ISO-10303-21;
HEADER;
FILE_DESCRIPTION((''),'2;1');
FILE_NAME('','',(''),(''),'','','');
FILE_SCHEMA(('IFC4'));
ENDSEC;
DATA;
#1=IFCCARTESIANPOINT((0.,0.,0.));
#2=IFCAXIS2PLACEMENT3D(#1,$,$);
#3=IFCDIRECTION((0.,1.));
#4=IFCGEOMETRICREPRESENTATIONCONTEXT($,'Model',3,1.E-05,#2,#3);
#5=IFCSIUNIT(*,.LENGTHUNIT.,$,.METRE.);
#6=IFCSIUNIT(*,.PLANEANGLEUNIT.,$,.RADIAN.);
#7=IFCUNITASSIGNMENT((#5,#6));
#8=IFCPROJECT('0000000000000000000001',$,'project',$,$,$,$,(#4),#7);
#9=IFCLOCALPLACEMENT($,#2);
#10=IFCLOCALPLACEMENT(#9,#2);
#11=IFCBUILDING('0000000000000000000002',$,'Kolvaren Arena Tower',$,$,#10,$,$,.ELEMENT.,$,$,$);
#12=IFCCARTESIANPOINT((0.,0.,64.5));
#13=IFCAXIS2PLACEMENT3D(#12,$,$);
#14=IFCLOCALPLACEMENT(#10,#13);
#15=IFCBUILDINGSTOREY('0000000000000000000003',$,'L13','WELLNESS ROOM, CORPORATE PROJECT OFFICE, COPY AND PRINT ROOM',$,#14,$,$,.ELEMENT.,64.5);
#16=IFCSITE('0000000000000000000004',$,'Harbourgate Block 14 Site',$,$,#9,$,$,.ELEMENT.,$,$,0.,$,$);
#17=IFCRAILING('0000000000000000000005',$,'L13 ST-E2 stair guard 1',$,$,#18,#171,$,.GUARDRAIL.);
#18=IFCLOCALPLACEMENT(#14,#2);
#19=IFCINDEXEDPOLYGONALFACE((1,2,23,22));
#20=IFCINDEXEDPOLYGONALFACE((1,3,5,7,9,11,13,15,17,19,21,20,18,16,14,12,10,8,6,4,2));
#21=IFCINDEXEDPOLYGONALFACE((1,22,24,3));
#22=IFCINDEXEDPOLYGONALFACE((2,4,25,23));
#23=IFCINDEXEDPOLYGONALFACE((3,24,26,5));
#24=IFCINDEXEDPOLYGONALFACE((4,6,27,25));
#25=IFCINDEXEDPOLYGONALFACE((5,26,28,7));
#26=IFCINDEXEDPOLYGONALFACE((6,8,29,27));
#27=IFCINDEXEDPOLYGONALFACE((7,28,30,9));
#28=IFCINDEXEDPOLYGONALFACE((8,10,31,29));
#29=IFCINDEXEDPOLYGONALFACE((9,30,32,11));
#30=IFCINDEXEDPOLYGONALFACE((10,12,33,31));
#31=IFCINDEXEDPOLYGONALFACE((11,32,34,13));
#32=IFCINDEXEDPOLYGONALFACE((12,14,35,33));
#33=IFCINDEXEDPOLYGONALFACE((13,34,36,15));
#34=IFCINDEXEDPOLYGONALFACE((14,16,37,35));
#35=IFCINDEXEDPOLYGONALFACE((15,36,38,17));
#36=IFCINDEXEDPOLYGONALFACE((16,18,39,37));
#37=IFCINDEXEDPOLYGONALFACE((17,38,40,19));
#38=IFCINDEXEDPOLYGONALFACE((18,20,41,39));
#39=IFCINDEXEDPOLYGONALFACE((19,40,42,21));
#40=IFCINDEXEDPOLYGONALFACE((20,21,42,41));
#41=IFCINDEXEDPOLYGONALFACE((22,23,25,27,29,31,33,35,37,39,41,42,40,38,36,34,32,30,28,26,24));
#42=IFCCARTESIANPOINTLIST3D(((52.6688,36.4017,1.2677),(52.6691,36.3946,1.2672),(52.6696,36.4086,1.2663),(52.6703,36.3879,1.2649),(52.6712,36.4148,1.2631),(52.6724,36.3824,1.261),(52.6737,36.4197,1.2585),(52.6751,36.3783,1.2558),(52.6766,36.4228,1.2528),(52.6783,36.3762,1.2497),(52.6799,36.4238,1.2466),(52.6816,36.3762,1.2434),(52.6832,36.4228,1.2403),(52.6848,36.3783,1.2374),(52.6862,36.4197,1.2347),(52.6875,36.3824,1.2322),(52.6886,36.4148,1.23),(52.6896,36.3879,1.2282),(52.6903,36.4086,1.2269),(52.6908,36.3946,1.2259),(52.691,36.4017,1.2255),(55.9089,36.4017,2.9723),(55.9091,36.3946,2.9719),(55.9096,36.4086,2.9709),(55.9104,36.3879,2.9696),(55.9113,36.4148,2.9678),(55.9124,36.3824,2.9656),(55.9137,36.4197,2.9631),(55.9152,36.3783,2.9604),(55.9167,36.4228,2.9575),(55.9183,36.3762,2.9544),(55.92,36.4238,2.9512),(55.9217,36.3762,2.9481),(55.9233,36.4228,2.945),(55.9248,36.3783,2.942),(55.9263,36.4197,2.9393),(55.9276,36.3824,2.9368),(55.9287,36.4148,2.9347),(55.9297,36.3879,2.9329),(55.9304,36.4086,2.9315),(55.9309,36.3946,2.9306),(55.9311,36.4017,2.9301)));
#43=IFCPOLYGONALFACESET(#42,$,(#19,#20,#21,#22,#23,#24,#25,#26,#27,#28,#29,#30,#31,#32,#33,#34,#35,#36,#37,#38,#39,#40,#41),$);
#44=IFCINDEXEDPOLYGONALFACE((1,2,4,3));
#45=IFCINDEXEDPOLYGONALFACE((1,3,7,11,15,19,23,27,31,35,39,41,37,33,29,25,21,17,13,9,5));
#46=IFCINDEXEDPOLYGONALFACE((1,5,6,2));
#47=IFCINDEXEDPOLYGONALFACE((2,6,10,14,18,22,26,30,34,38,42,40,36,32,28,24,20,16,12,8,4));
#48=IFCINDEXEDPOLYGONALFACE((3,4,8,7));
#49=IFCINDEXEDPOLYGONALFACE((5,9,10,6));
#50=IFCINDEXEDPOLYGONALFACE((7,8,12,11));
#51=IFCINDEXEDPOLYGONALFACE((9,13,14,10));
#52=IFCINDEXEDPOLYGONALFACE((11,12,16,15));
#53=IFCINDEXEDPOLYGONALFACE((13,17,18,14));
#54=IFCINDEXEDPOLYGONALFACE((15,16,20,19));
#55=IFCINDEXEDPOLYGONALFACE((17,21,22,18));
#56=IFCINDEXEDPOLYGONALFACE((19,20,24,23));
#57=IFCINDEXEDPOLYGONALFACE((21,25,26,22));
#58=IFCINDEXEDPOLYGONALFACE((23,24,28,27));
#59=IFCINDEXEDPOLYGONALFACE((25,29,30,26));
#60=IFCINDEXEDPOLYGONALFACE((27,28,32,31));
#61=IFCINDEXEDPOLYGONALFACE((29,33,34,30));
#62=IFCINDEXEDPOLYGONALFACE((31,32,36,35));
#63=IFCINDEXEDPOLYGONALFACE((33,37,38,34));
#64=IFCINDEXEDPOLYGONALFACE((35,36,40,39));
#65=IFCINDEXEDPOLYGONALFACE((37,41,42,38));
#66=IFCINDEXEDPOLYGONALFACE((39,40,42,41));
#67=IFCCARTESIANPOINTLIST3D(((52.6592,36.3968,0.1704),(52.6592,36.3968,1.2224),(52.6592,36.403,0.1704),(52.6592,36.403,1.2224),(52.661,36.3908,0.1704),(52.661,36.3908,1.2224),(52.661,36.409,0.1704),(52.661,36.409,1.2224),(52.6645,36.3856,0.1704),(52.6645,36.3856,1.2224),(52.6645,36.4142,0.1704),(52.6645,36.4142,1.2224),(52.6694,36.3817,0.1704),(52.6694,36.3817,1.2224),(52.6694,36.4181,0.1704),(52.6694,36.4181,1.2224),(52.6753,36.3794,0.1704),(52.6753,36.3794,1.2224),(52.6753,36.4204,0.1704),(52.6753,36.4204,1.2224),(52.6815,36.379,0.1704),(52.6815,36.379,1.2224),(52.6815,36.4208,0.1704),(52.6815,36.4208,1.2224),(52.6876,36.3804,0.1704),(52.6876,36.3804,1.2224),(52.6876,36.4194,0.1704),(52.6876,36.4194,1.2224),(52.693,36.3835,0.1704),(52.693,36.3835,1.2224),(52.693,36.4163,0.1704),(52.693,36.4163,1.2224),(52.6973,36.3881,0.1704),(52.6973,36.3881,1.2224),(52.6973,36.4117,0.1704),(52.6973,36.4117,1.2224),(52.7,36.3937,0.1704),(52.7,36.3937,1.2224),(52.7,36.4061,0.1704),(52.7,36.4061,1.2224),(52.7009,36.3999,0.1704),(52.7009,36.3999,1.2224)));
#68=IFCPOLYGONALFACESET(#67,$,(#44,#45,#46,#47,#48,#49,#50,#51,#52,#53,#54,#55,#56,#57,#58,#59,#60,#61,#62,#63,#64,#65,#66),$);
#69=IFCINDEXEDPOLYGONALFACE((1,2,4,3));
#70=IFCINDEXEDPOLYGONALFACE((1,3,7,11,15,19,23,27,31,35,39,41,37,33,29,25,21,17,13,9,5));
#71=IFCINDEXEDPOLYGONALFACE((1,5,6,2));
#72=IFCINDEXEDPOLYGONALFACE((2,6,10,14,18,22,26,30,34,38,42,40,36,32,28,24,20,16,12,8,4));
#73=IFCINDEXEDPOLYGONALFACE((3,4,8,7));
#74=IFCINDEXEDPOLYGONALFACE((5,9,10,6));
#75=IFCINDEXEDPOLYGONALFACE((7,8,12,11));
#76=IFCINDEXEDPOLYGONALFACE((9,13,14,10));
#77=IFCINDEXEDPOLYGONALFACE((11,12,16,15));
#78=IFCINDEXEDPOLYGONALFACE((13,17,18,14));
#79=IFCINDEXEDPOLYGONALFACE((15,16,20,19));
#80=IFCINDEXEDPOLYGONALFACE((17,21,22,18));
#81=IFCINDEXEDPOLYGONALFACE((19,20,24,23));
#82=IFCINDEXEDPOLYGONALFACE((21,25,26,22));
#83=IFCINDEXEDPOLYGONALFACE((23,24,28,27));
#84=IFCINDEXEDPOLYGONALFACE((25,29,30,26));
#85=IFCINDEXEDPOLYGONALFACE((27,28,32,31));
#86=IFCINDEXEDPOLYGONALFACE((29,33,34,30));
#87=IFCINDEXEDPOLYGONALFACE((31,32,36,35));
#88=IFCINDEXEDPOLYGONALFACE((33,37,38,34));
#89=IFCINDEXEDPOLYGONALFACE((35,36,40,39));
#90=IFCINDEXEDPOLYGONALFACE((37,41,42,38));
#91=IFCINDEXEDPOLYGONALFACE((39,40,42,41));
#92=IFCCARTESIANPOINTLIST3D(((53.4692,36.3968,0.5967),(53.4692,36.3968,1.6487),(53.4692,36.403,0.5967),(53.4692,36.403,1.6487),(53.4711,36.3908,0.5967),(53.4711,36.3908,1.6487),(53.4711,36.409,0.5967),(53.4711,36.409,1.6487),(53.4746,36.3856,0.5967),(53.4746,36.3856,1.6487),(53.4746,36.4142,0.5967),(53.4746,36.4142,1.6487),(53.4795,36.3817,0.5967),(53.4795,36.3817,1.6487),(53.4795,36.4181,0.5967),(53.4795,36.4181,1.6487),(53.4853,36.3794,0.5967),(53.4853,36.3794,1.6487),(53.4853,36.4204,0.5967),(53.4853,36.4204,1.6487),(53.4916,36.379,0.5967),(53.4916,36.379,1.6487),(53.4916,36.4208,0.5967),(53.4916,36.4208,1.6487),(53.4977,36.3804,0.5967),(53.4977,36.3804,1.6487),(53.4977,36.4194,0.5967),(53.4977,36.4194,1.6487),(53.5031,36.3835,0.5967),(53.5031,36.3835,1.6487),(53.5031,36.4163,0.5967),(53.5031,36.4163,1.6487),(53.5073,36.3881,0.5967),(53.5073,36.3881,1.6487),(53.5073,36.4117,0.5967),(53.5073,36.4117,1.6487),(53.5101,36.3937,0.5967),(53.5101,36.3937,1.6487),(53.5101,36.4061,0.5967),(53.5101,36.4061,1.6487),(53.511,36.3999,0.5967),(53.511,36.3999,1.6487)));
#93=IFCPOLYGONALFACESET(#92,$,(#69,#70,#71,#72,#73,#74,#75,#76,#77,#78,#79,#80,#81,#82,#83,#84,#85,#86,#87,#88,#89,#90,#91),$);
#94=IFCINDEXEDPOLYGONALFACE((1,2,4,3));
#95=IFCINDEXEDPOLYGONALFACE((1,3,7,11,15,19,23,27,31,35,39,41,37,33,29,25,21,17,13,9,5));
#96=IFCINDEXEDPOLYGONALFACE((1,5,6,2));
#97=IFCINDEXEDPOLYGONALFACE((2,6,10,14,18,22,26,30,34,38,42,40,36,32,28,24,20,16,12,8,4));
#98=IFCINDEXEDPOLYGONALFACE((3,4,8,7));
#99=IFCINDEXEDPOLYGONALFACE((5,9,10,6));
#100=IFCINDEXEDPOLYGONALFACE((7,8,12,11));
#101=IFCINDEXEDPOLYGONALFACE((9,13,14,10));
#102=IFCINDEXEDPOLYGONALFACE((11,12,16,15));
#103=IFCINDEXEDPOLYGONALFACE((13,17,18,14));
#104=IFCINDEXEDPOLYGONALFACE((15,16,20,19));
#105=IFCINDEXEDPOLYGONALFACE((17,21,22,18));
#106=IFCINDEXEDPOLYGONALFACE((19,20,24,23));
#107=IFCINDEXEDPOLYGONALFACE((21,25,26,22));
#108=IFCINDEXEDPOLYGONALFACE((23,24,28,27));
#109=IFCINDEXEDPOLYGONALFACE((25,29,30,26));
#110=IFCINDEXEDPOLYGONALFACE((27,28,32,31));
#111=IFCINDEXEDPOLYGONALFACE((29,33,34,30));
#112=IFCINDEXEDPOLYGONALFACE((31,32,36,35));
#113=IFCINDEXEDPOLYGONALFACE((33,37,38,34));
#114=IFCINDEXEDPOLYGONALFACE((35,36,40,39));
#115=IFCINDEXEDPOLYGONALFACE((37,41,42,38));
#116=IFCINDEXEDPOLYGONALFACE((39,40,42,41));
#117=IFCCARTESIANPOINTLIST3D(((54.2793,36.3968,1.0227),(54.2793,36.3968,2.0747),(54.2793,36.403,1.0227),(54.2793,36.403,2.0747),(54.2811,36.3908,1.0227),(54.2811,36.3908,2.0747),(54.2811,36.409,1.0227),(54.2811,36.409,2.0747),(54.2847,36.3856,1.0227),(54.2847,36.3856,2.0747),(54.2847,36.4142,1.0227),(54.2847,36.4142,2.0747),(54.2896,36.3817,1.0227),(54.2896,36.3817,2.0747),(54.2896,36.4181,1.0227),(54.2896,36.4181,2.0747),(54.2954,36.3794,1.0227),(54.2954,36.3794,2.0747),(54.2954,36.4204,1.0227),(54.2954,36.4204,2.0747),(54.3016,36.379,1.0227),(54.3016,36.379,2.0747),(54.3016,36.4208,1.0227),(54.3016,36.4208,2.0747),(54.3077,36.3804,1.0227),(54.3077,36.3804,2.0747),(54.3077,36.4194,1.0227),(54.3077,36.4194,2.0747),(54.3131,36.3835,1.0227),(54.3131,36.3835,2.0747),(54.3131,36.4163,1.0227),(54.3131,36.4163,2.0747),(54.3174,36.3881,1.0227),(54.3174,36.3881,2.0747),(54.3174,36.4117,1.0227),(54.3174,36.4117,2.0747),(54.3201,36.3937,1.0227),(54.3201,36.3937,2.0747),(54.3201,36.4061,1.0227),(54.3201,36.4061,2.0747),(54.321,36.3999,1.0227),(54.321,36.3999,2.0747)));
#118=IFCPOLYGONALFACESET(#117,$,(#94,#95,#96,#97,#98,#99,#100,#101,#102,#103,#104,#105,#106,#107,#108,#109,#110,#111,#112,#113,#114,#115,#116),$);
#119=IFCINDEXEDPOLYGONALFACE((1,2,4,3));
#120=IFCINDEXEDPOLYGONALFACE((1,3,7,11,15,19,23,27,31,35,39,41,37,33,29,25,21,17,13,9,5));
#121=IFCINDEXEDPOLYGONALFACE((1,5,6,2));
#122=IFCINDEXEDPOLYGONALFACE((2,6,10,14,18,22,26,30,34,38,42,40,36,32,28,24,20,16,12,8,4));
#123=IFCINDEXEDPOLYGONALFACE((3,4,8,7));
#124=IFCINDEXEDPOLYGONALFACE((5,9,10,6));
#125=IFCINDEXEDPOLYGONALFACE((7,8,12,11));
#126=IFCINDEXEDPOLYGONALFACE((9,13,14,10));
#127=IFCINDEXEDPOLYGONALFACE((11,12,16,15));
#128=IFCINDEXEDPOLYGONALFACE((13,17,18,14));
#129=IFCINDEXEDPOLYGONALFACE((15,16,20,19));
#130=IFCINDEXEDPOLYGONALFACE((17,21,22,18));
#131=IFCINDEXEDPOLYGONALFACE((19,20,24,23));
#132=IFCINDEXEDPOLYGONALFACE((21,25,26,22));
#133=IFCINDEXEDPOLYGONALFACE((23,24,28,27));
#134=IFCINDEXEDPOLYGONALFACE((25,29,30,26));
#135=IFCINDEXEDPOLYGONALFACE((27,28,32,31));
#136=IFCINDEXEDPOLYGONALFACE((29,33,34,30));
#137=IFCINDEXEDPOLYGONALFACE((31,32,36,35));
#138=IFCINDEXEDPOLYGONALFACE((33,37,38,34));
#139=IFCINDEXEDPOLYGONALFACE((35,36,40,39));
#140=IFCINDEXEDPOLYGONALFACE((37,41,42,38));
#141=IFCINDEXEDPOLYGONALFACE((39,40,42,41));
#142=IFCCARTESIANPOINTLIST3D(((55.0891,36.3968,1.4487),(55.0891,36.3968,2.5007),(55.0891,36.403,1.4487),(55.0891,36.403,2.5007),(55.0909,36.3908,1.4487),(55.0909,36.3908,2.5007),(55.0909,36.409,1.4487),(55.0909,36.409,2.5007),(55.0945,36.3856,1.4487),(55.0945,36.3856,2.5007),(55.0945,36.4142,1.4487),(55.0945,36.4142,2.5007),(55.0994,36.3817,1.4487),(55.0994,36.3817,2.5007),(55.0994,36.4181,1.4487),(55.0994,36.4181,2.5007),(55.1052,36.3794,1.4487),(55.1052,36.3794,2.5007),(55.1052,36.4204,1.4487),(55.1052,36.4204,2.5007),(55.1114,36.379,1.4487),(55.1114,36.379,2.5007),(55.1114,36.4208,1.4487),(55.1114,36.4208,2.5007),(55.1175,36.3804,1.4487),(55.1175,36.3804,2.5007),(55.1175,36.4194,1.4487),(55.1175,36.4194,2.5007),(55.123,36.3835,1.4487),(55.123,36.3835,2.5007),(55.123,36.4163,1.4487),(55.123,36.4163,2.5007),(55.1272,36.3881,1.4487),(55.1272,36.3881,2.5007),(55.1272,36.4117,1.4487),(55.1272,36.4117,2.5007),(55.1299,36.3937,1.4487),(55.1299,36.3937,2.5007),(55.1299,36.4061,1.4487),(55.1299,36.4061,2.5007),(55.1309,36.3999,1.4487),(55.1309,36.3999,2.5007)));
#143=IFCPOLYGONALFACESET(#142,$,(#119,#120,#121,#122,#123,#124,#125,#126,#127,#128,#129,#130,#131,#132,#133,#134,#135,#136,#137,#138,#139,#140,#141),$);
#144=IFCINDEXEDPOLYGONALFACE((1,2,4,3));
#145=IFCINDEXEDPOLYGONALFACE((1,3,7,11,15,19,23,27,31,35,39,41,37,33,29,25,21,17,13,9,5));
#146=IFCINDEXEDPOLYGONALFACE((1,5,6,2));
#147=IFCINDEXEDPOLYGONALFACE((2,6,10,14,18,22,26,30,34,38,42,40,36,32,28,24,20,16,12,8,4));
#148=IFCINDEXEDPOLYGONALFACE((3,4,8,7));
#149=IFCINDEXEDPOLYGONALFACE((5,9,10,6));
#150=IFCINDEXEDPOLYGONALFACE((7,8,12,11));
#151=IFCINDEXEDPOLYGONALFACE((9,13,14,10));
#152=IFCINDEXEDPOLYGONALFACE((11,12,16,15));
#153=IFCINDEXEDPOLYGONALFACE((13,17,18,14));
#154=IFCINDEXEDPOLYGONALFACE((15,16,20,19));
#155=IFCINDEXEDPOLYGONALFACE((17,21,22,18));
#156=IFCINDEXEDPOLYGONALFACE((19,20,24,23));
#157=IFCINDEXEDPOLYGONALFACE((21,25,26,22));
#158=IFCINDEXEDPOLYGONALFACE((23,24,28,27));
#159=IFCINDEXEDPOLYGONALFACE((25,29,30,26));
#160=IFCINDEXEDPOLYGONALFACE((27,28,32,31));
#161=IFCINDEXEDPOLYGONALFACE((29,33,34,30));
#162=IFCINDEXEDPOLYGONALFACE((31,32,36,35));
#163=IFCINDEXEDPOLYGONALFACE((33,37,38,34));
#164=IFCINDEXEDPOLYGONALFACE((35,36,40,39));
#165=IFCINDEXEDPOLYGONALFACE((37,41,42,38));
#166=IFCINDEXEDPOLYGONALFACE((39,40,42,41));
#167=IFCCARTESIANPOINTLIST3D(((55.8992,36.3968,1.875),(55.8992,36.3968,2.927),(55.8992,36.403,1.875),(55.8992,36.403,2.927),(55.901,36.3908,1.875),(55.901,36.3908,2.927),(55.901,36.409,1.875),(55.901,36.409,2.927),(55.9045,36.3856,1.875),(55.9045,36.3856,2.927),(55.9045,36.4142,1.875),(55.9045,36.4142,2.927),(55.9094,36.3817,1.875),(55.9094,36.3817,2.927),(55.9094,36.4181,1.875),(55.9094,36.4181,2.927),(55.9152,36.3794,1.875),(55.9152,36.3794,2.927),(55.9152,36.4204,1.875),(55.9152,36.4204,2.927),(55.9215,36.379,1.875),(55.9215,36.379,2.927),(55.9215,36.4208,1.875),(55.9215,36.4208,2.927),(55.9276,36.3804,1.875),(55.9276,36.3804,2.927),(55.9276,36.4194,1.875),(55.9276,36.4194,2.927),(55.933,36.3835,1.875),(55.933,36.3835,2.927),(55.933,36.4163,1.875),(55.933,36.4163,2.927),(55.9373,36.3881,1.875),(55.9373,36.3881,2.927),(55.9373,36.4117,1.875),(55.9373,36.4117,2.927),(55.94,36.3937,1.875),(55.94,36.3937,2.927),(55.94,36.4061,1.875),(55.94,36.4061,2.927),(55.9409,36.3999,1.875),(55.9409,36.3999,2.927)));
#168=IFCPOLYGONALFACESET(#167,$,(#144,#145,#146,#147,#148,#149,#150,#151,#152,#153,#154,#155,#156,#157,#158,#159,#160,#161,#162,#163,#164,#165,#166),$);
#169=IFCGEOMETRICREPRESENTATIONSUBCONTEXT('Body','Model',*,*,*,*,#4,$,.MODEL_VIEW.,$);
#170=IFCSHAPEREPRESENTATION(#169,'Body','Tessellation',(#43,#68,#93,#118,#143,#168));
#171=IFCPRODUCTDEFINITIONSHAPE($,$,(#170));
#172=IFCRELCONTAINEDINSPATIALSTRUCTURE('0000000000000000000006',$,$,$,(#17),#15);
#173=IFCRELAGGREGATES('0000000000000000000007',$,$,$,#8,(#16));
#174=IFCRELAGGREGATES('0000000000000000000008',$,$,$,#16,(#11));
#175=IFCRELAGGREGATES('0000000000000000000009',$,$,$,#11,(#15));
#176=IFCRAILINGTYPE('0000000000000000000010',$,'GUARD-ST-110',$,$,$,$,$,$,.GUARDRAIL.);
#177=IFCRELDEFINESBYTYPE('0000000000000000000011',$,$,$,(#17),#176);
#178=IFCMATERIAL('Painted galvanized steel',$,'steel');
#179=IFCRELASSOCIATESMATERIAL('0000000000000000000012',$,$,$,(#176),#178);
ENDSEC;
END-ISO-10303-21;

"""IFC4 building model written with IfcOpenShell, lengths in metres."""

from ifc_helpers import new_model, si_unit, direction, frame, origin, origin_2d, place, context, subcontext, project, spatial, circle, extrude, material, type_object, element, save


model = new_model("IFC4")

# Units and contexts
model_context = context("Model", 3, precision=1e-05, world=origin(), true_north=direction((0.0, 1.0)))
body_context = subcontext(model_context, "Body", "Model", "MODEL_VIEW")
ifc_project = project(units=[si_unit("LENGTHUNIT", "METRE"), si_unit("PLANEANGLEUNIT", "RADIAN")], contexts=[model_context])

# Site, building, storey
site_placement = place(None, origin())
site = spatial("IfcSite", under=ifc_project, at=site_placement, Name="Harbourgate Block 14 Site", CompositionType="ELEMENT", RefElevation=0.0)
building_placement = place(site_placement, origin())
building = spatial("IfcBuilding", under=site, at=building_placement, Name="Kolvaren Arena Tower", CompositionType="ELEMENT")
storey_placement = place(building_placement, frame((0.0, 0.0, 64.5)))
storey = spatial("IfcBuildingStorey", under=building, at=storey_placement, Name="L13", Description="WELLNESS ROOM, CORPORATE PROJECT OFFICE, COPY AND PRINT ROOM", CompositionType="ELEMENT", Elevation=64.5)

# Railing
ifc_material_1 = material(Name="Painted galvanized steel", Category="steel")
railing_type = type_object("IfcRailingType", Name="GUARD-ST-110", PredefinedType="GUARDRAIL", material=ifc_material_1)
railing_1_placement = place(storey_placement, frame((52.6799, 36.3999, 0.1704)))
element("IfcRailing", 1, at=railing_1_placement, inside=storey, type_object=railing_type, Name="L13 ST-E2 stair guard 1", PredefinedType="GUARDRAIL", context=body_context, shape_type="SweptSolid", body=[
    extrude(circle(Radius=0.0239, at=origin_2d()), frame((0.0, 0.0, 1.0762), z_axis=(0.884993, 0.0, 0.465604), x_axis=(0.0, 1.0, 0.0)), (0.0, 0.0, 1.0), 3.6611),
    extrude(circle(Radius=0.021, at=origin_2d()), origin(), (0.0, 0.0, 1.0), 1.052),
    extrude(circle(Radius=0.021, at=origin_2d()), frame((0.8101, 0.0, 0.4263)), (0.0, 0.0, 1.0), 1.052),
    extrude(circle(Radius=0.021, at=origin_2d()), frame((1.6201, 0.0, 0.8523)), (0.0, 0.0, 1.0), 1.052),
    extrude(circle(Radius=0.021, at=origin_2d()), frame((2.4299, 0.0, 1.2783)), (0.0, 0.0, 1.0), 1.052),
    extrude(circle(Radius=0.021, at=origin_2d()), frame((3.24, 0.0, 1.7046)), (0.0, 0.0, 1.0), 1.052),
])

save(model, "model.ifc")
